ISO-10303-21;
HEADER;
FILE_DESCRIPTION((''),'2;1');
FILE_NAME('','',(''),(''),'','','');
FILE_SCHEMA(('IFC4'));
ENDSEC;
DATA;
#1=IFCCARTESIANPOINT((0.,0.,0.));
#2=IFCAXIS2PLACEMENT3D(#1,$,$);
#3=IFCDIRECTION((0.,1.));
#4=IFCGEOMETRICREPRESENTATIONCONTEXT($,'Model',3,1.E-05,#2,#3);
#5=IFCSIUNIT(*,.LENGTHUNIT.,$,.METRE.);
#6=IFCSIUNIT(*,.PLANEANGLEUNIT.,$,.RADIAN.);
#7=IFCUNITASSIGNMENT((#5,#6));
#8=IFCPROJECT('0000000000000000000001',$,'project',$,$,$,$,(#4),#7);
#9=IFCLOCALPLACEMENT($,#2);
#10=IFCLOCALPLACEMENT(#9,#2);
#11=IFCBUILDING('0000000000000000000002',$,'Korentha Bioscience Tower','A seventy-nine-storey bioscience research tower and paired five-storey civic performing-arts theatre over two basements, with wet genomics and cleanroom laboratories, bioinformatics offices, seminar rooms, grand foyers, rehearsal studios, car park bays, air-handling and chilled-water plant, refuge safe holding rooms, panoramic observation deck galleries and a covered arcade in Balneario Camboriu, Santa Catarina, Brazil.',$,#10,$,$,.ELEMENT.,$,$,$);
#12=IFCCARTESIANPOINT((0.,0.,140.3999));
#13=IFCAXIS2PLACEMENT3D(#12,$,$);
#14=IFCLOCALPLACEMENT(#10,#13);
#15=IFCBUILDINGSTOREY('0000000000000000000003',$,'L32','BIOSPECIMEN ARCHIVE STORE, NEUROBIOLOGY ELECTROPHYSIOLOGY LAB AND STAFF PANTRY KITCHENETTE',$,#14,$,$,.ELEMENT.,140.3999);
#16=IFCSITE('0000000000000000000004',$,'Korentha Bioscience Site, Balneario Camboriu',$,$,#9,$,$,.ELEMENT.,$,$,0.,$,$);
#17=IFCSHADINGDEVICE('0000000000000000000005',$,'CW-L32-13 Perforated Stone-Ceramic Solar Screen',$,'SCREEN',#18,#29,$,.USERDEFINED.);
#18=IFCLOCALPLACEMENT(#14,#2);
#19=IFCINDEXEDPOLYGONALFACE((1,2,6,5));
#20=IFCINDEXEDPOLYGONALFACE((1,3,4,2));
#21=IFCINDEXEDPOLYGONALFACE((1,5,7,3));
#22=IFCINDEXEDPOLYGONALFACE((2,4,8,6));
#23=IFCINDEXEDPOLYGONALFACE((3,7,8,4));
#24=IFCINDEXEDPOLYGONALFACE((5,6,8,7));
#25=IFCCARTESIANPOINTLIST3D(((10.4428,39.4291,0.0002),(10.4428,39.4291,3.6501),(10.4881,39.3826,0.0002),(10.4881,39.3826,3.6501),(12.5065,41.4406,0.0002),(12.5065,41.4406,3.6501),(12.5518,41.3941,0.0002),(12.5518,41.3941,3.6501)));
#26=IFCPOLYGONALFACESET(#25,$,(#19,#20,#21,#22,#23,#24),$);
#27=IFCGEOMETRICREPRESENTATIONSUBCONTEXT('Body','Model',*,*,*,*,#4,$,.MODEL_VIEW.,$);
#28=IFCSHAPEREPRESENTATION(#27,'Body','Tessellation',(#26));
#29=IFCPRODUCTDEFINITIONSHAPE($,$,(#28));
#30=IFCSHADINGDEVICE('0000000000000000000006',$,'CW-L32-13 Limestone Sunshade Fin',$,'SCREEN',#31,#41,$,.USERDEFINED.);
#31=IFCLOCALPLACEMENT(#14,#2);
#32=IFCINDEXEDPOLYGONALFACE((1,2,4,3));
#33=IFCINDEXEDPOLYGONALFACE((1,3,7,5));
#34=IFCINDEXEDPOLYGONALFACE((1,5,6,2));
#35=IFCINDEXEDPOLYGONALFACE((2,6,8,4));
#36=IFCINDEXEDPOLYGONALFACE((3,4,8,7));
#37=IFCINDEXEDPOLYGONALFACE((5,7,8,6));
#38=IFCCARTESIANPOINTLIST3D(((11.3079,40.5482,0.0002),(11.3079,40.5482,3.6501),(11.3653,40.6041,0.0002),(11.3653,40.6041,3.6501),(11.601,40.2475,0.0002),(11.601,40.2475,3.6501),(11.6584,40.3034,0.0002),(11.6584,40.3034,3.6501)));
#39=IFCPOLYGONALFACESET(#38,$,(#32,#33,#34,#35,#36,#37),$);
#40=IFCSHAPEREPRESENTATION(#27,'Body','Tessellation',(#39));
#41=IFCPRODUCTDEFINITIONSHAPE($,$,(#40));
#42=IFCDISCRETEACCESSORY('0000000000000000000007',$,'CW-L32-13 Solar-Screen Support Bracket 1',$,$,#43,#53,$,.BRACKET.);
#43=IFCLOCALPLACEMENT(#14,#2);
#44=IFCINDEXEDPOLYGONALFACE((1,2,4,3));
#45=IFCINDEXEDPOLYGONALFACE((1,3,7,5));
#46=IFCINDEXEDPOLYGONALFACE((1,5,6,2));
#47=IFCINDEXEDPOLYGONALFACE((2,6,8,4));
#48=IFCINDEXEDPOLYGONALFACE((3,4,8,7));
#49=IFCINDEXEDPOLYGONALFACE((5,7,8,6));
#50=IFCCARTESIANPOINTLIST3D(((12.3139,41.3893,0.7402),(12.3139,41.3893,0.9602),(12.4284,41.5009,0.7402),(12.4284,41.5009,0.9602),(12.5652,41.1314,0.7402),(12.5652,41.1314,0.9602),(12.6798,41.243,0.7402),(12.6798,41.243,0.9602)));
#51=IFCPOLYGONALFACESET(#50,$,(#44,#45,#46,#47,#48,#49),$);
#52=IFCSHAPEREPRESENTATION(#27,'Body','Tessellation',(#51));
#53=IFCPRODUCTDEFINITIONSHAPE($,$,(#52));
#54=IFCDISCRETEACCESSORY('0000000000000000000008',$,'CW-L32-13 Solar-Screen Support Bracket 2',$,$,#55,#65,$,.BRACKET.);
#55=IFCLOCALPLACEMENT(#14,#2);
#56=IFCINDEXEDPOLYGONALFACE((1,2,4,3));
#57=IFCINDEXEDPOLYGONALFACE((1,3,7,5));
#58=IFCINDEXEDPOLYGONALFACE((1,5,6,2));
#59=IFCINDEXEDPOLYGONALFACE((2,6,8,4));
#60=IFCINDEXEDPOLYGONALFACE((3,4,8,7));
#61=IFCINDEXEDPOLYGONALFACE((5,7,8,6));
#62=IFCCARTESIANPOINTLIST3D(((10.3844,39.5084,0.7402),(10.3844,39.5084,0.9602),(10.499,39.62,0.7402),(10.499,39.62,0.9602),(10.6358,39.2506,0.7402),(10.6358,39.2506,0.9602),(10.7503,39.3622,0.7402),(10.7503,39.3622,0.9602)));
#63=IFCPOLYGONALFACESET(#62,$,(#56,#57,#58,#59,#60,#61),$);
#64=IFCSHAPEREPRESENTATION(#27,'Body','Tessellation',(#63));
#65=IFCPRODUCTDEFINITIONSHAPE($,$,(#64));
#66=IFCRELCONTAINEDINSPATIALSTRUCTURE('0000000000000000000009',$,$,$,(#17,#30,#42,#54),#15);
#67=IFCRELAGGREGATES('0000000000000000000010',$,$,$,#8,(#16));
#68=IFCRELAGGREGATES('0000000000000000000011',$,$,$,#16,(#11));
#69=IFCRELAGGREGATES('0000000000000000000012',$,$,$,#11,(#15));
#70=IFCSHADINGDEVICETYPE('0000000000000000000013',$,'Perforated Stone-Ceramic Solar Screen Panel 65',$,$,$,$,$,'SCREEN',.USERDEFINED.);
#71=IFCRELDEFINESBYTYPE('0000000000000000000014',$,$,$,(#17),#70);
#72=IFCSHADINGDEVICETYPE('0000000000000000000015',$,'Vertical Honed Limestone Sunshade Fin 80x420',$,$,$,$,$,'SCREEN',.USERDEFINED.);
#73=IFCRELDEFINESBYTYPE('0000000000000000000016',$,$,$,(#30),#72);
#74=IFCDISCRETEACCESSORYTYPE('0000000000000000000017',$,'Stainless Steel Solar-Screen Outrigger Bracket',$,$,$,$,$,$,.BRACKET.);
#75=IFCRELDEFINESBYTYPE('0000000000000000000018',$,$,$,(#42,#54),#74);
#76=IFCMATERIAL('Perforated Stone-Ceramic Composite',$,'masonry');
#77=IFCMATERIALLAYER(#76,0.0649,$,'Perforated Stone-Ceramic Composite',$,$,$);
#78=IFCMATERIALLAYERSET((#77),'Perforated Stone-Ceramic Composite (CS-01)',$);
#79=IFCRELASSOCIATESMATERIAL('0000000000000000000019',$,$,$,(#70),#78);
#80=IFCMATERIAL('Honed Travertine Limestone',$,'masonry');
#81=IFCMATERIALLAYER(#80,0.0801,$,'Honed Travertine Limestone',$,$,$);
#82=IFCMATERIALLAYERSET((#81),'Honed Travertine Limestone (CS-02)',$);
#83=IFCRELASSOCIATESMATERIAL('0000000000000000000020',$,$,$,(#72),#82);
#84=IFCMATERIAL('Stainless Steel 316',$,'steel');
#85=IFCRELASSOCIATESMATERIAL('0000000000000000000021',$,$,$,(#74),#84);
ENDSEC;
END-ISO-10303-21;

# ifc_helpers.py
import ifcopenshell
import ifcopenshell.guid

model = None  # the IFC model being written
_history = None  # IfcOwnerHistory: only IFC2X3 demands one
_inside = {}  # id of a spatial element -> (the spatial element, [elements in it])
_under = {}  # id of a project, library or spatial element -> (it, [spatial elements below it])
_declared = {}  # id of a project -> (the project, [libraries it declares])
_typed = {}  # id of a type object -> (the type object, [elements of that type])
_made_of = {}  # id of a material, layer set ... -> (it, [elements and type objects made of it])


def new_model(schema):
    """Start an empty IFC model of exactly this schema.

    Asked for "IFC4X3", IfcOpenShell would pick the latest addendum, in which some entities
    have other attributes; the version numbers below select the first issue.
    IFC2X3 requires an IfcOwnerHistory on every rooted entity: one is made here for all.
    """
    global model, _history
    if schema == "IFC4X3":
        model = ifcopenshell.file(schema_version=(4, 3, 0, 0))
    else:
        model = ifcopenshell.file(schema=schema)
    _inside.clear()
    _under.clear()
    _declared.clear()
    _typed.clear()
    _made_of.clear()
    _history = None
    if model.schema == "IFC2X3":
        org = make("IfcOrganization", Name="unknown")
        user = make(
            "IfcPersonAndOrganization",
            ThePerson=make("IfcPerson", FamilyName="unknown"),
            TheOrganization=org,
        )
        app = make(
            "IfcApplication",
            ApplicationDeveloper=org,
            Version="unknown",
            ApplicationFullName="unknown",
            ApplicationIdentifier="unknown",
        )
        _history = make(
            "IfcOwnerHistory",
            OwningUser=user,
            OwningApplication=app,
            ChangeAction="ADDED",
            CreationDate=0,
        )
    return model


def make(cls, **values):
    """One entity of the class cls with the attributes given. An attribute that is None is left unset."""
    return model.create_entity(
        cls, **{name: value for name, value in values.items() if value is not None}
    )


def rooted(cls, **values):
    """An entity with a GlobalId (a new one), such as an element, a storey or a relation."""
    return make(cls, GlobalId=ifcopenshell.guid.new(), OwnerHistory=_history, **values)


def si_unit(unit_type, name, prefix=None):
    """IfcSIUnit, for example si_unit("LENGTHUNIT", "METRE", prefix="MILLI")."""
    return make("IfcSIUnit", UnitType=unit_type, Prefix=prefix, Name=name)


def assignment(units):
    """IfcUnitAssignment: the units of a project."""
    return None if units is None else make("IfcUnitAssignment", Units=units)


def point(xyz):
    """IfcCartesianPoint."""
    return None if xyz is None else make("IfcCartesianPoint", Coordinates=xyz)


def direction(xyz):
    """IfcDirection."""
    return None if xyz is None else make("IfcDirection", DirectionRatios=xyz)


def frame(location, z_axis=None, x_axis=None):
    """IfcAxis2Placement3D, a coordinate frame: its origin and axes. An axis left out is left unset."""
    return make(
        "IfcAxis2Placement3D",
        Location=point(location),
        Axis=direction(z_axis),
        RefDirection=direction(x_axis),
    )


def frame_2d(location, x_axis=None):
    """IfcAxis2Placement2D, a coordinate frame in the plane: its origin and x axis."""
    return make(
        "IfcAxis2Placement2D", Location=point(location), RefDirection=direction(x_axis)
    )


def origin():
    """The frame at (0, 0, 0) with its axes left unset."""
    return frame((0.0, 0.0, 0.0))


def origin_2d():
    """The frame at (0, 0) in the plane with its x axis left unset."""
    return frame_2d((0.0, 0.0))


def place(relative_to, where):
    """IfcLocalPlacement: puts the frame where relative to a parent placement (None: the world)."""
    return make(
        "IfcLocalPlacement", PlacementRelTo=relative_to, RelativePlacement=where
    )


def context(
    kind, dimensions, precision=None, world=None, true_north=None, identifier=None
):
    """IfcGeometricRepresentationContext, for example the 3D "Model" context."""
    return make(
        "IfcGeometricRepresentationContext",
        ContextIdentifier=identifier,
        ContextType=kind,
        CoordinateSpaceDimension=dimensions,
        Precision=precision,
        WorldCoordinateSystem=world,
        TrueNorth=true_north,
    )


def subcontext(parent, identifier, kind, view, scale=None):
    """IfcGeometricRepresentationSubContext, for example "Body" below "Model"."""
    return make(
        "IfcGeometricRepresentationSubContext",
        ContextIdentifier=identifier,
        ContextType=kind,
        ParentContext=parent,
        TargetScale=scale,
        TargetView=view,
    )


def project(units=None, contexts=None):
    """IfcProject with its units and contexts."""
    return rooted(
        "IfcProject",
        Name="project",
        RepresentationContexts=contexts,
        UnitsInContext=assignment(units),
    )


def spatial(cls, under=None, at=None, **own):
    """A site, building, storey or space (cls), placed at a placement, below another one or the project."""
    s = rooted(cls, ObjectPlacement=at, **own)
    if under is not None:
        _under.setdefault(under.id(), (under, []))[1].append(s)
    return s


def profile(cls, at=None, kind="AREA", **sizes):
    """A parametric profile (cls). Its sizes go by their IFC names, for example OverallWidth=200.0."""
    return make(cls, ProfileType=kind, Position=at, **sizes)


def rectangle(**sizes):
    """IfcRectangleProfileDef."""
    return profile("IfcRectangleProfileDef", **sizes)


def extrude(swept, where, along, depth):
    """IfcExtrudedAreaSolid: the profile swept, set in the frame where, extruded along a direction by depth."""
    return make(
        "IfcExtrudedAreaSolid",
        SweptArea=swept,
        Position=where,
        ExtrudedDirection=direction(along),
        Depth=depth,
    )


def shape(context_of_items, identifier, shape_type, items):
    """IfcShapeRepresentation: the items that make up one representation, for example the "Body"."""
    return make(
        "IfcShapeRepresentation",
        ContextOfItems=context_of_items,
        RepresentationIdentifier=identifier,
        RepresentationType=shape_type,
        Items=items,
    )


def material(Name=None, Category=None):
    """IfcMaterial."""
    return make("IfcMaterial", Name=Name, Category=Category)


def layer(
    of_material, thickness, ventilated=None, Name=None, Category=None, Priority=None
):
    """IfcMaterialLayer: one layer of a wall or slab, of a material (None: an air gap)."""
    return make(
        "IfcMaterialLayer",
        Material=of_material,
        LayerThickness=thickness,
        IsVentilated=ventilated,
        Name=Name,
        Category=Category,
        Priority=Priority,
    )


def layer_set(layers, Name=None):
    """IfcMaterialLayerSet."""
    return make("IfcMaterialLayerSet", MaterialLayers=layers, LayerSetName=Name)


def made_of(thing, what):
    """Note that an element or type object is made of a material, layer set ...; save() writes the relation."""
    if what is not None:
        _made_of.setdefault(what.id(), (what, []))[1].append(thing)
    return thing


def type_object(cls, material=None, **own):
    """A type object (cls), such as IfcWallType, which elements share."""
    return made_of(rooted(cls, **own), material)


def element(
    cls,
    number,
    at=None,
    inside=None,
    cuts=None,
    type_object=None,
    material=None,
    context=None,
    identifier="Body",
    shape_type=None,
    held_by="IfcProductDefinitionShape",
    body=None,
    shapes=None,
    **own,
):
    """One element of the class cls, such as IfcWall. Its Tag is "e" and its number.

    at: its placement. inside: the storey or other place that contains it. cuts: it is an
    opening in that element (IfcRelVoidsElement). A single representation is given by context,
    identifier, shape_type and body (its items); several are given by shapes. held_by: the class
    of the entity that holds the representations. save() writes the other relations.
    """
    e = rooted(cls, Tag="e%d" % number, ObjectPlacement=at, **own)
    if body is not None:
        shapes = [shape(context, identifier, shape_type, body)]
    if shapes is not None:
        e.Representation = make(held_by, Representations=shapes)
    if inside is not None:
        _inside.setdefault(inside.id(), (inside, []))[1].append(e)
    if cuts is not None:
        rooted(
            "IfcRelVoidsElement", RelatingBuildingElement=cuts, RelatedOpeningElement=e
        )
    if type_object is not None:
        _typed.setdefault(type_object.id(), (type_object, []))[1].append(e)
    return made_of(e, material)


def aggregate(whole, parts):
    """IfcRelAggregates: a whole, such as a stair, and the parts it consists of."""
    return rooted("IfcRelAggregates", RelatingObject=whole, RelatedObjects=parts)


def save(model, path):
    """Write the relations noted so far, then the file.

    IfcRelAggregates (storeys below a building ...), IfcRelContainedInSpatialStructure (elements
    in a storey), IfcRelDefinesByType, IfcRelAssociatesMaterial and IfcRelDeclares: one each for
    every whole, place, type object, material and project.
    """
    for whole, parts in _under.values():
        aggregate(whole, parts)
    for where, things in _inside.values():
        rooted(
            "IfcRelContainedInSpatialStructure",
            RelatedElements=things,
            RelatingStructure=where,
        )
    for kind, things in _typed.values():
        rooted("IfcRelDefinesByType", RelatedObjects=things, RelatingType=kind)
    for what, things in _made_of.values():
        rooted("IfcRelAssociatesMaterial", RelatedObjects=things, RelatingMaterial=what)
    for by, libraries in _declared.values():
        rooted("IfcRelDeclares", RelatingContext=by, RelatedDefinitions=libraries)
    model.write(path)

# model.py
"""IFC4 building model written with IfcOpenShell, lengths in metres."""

from ifc_helpers import new_model, si_unit, direction, frame, origin, origin_2d, place, context, subcontext, project, spatial, rectangle, extrude, material, layer, layer_set, type_object, element, save


model = new_model("IFC4")

# Units and contexts
model_context = context("Model", 3, precision=1e-05, world=origin(), true_north=direction((0.0, 1.0)))
body_context = subcontext(model_context, "Body", "Model", "MODEL_VIEW")
ifc_project = project(units=[si_unit("LENGTHUNIT", "METRE"), si_unit("PLANEANGLEUNIT", "RADIAN")], contexts=[model_context])

# Site, building, storey
site_placement = place(None, origin())
site = spatial("IfcSite", under=ifc_project, at=site_placement, Name="Korentha Bioscience Site, Balneario Camboriu", CompositionType="ELEMENT", RefElevation=0.0)
building_placement = place(site_placement, origin())
building = spatial("IfcBuilding", under=site, at=building_placement, Name="Korentha Bioscience Tower", Description="A seventy-nine-storey bioscience research tower and paired five-storey civic performing-arts theatre over two basements, with wet genomics and cleanroom laboratories, bioinformatics offices, seminar rooms, grand foyers, rehearsal studios, car park bays, air-handling and chilled-water plant, refuge safe holding rooms, panoramic observation deck galleries and a covered arcade in Balneario Camboriu, Santa Catarina, Brazil.", CompositionType="ELEMENT")
storey_placement = place(building_placement, frame((0.0, 0.0, 140.3999)))
storey = spatial("IfcBuildingStorey", under=building, at=storey_placement, Name="L32", Description="BIOSPECIMEN ARCHIVE STORE, NEUROBIOLOGY ELECTROPHYSIOLOGY LAB AND STAFF PANTRY KITCHENETTE", CompositionType="ELEMENT", Elevation=140.3999)

# Shading devices
ifc_material_1 = material(Name="Perforated Stone-Ceramic Composite", Category="masonry")
ifc_layer_1 = layer(ifc_material_1, 0.0649, Name="Perforated Stone-Ceramic Composite")
ifc_layer_set_1 = layer_set([ifc_layer_1], Name="Perforated Stone-Ceramic Composite (CS-01)")
shading_device_type_1 = type_object("IfcShadingDeviceType", Name="Perforated Stone-Ceramic Solar Screen Panel 65", ElementType="SCREEN", PredefinedType="USERDEFINED", material=ifc_layer_set_1)
shading_device_1_placement = place(storey_placement, frame((11.4973, 40.4116, 0.0002), z_axis=(0.0, 0.0, 1.0), x_axis=(-0.716096, -0.698002, 0.0)))
element("IfcShadingDevice", 1, at=shading_device_1_placement, inside=storey, type_object=shading_device_type_1, Name="CW-L32-13 Perforated Stone-Ceramic Solar Screen", ObjectType="SCREEN", PredefinedType="USERDEFINED", context=body_context, shape_type="SweptSolid", body=[
    extrude(rectangle(XDim=2.8818, YDim=0.0649, at=origin_2d()), origin(), (0.0, 0.0, 1.0), 3.6499),
])
ifc_material_2 = material(Name="Honed Travertine Limestone", Category="masonry")
ifc_layer_2 = layer(ifc_material_2, 0.0801, Name="Honed Travertine Limestone")
ifc_layer_set_2 = layer_set([ifc_layer_2], Name="Honed Travertine Limestone (CS-02)")
shading_device_type_2 = type_object("IfcShadingDeviceType", Name="Vertical Honed Limestone Sunshade Fin 80x420", ElementType="SCREEN", PredefinedType="USERDEFINED", material=ifc_layer_set_2)
shading_device_2_placement = place(storey_placement, frame((11.4832, 40.4258, 0.0002), z_axis=(0.0, 0.0, 1.0), x_axis=(-0.716096, -0.698002, 0.0)))
element("IfcShadingDevice", 2, at=shading_device_2_placement, inside=storey, type_object=shading_device_type_2, Name="CW-L32-13 Limestone Sunshade Fin", ObjectType="SCREEN", PredefinedType="USERDEFINED", context=body_context, shape_type="SweptSolid", body=[
    extrude(rectangle(XDim=0.0801, YDim=0.4199, at=origin_2d()), origin(), (0.0, 0.0, 1.0), 3.6499),
])

# Discrete accessories
ifc_material_3 = material(Name="Stainless Steel 316", Category="steel")
discrete_accessory_type = type_object("IfcDiscreteAccessoryType", Name="Stainless Steel Solar-Screen Outrigger Bracket", PredefinedType="BRACKET", material=ifc_material_3)
for number, where, z_axis, x_axis, name in (
    (3, (12.4968, 41.3162, 0.7402), (0.0, 0.0, 1.0), (-0.716096, -0.698002, 0.0), "CW-L32-13 Solar-Screen Support Bracket 1"),
    (4, (10.5674, 39.4353, 0.7402), (0.0, 0.0, 1.0), (-0.716096, -0.698002, 0.0), "CW-L32-13 Solar-Screen Support Bracket 2"),
):
    element("IfcDiscreteAccessory", number, at=place(storey_placement, frame(where, z_axis=z_axis, x_axis=x_axis)), inside=storey, type_object=discrete_accessory_type, Name=name, PredefinedType="BRACKET", context=body_context, shape_type="SweptSolid", body=[
        extrude(rectangle(XDim=0.1599, YDim=0.3601, at=origin_2d()), origin(), (0.0, 0.0, 1.0), 0.22),
    ])

save(model, "model.ifc")
